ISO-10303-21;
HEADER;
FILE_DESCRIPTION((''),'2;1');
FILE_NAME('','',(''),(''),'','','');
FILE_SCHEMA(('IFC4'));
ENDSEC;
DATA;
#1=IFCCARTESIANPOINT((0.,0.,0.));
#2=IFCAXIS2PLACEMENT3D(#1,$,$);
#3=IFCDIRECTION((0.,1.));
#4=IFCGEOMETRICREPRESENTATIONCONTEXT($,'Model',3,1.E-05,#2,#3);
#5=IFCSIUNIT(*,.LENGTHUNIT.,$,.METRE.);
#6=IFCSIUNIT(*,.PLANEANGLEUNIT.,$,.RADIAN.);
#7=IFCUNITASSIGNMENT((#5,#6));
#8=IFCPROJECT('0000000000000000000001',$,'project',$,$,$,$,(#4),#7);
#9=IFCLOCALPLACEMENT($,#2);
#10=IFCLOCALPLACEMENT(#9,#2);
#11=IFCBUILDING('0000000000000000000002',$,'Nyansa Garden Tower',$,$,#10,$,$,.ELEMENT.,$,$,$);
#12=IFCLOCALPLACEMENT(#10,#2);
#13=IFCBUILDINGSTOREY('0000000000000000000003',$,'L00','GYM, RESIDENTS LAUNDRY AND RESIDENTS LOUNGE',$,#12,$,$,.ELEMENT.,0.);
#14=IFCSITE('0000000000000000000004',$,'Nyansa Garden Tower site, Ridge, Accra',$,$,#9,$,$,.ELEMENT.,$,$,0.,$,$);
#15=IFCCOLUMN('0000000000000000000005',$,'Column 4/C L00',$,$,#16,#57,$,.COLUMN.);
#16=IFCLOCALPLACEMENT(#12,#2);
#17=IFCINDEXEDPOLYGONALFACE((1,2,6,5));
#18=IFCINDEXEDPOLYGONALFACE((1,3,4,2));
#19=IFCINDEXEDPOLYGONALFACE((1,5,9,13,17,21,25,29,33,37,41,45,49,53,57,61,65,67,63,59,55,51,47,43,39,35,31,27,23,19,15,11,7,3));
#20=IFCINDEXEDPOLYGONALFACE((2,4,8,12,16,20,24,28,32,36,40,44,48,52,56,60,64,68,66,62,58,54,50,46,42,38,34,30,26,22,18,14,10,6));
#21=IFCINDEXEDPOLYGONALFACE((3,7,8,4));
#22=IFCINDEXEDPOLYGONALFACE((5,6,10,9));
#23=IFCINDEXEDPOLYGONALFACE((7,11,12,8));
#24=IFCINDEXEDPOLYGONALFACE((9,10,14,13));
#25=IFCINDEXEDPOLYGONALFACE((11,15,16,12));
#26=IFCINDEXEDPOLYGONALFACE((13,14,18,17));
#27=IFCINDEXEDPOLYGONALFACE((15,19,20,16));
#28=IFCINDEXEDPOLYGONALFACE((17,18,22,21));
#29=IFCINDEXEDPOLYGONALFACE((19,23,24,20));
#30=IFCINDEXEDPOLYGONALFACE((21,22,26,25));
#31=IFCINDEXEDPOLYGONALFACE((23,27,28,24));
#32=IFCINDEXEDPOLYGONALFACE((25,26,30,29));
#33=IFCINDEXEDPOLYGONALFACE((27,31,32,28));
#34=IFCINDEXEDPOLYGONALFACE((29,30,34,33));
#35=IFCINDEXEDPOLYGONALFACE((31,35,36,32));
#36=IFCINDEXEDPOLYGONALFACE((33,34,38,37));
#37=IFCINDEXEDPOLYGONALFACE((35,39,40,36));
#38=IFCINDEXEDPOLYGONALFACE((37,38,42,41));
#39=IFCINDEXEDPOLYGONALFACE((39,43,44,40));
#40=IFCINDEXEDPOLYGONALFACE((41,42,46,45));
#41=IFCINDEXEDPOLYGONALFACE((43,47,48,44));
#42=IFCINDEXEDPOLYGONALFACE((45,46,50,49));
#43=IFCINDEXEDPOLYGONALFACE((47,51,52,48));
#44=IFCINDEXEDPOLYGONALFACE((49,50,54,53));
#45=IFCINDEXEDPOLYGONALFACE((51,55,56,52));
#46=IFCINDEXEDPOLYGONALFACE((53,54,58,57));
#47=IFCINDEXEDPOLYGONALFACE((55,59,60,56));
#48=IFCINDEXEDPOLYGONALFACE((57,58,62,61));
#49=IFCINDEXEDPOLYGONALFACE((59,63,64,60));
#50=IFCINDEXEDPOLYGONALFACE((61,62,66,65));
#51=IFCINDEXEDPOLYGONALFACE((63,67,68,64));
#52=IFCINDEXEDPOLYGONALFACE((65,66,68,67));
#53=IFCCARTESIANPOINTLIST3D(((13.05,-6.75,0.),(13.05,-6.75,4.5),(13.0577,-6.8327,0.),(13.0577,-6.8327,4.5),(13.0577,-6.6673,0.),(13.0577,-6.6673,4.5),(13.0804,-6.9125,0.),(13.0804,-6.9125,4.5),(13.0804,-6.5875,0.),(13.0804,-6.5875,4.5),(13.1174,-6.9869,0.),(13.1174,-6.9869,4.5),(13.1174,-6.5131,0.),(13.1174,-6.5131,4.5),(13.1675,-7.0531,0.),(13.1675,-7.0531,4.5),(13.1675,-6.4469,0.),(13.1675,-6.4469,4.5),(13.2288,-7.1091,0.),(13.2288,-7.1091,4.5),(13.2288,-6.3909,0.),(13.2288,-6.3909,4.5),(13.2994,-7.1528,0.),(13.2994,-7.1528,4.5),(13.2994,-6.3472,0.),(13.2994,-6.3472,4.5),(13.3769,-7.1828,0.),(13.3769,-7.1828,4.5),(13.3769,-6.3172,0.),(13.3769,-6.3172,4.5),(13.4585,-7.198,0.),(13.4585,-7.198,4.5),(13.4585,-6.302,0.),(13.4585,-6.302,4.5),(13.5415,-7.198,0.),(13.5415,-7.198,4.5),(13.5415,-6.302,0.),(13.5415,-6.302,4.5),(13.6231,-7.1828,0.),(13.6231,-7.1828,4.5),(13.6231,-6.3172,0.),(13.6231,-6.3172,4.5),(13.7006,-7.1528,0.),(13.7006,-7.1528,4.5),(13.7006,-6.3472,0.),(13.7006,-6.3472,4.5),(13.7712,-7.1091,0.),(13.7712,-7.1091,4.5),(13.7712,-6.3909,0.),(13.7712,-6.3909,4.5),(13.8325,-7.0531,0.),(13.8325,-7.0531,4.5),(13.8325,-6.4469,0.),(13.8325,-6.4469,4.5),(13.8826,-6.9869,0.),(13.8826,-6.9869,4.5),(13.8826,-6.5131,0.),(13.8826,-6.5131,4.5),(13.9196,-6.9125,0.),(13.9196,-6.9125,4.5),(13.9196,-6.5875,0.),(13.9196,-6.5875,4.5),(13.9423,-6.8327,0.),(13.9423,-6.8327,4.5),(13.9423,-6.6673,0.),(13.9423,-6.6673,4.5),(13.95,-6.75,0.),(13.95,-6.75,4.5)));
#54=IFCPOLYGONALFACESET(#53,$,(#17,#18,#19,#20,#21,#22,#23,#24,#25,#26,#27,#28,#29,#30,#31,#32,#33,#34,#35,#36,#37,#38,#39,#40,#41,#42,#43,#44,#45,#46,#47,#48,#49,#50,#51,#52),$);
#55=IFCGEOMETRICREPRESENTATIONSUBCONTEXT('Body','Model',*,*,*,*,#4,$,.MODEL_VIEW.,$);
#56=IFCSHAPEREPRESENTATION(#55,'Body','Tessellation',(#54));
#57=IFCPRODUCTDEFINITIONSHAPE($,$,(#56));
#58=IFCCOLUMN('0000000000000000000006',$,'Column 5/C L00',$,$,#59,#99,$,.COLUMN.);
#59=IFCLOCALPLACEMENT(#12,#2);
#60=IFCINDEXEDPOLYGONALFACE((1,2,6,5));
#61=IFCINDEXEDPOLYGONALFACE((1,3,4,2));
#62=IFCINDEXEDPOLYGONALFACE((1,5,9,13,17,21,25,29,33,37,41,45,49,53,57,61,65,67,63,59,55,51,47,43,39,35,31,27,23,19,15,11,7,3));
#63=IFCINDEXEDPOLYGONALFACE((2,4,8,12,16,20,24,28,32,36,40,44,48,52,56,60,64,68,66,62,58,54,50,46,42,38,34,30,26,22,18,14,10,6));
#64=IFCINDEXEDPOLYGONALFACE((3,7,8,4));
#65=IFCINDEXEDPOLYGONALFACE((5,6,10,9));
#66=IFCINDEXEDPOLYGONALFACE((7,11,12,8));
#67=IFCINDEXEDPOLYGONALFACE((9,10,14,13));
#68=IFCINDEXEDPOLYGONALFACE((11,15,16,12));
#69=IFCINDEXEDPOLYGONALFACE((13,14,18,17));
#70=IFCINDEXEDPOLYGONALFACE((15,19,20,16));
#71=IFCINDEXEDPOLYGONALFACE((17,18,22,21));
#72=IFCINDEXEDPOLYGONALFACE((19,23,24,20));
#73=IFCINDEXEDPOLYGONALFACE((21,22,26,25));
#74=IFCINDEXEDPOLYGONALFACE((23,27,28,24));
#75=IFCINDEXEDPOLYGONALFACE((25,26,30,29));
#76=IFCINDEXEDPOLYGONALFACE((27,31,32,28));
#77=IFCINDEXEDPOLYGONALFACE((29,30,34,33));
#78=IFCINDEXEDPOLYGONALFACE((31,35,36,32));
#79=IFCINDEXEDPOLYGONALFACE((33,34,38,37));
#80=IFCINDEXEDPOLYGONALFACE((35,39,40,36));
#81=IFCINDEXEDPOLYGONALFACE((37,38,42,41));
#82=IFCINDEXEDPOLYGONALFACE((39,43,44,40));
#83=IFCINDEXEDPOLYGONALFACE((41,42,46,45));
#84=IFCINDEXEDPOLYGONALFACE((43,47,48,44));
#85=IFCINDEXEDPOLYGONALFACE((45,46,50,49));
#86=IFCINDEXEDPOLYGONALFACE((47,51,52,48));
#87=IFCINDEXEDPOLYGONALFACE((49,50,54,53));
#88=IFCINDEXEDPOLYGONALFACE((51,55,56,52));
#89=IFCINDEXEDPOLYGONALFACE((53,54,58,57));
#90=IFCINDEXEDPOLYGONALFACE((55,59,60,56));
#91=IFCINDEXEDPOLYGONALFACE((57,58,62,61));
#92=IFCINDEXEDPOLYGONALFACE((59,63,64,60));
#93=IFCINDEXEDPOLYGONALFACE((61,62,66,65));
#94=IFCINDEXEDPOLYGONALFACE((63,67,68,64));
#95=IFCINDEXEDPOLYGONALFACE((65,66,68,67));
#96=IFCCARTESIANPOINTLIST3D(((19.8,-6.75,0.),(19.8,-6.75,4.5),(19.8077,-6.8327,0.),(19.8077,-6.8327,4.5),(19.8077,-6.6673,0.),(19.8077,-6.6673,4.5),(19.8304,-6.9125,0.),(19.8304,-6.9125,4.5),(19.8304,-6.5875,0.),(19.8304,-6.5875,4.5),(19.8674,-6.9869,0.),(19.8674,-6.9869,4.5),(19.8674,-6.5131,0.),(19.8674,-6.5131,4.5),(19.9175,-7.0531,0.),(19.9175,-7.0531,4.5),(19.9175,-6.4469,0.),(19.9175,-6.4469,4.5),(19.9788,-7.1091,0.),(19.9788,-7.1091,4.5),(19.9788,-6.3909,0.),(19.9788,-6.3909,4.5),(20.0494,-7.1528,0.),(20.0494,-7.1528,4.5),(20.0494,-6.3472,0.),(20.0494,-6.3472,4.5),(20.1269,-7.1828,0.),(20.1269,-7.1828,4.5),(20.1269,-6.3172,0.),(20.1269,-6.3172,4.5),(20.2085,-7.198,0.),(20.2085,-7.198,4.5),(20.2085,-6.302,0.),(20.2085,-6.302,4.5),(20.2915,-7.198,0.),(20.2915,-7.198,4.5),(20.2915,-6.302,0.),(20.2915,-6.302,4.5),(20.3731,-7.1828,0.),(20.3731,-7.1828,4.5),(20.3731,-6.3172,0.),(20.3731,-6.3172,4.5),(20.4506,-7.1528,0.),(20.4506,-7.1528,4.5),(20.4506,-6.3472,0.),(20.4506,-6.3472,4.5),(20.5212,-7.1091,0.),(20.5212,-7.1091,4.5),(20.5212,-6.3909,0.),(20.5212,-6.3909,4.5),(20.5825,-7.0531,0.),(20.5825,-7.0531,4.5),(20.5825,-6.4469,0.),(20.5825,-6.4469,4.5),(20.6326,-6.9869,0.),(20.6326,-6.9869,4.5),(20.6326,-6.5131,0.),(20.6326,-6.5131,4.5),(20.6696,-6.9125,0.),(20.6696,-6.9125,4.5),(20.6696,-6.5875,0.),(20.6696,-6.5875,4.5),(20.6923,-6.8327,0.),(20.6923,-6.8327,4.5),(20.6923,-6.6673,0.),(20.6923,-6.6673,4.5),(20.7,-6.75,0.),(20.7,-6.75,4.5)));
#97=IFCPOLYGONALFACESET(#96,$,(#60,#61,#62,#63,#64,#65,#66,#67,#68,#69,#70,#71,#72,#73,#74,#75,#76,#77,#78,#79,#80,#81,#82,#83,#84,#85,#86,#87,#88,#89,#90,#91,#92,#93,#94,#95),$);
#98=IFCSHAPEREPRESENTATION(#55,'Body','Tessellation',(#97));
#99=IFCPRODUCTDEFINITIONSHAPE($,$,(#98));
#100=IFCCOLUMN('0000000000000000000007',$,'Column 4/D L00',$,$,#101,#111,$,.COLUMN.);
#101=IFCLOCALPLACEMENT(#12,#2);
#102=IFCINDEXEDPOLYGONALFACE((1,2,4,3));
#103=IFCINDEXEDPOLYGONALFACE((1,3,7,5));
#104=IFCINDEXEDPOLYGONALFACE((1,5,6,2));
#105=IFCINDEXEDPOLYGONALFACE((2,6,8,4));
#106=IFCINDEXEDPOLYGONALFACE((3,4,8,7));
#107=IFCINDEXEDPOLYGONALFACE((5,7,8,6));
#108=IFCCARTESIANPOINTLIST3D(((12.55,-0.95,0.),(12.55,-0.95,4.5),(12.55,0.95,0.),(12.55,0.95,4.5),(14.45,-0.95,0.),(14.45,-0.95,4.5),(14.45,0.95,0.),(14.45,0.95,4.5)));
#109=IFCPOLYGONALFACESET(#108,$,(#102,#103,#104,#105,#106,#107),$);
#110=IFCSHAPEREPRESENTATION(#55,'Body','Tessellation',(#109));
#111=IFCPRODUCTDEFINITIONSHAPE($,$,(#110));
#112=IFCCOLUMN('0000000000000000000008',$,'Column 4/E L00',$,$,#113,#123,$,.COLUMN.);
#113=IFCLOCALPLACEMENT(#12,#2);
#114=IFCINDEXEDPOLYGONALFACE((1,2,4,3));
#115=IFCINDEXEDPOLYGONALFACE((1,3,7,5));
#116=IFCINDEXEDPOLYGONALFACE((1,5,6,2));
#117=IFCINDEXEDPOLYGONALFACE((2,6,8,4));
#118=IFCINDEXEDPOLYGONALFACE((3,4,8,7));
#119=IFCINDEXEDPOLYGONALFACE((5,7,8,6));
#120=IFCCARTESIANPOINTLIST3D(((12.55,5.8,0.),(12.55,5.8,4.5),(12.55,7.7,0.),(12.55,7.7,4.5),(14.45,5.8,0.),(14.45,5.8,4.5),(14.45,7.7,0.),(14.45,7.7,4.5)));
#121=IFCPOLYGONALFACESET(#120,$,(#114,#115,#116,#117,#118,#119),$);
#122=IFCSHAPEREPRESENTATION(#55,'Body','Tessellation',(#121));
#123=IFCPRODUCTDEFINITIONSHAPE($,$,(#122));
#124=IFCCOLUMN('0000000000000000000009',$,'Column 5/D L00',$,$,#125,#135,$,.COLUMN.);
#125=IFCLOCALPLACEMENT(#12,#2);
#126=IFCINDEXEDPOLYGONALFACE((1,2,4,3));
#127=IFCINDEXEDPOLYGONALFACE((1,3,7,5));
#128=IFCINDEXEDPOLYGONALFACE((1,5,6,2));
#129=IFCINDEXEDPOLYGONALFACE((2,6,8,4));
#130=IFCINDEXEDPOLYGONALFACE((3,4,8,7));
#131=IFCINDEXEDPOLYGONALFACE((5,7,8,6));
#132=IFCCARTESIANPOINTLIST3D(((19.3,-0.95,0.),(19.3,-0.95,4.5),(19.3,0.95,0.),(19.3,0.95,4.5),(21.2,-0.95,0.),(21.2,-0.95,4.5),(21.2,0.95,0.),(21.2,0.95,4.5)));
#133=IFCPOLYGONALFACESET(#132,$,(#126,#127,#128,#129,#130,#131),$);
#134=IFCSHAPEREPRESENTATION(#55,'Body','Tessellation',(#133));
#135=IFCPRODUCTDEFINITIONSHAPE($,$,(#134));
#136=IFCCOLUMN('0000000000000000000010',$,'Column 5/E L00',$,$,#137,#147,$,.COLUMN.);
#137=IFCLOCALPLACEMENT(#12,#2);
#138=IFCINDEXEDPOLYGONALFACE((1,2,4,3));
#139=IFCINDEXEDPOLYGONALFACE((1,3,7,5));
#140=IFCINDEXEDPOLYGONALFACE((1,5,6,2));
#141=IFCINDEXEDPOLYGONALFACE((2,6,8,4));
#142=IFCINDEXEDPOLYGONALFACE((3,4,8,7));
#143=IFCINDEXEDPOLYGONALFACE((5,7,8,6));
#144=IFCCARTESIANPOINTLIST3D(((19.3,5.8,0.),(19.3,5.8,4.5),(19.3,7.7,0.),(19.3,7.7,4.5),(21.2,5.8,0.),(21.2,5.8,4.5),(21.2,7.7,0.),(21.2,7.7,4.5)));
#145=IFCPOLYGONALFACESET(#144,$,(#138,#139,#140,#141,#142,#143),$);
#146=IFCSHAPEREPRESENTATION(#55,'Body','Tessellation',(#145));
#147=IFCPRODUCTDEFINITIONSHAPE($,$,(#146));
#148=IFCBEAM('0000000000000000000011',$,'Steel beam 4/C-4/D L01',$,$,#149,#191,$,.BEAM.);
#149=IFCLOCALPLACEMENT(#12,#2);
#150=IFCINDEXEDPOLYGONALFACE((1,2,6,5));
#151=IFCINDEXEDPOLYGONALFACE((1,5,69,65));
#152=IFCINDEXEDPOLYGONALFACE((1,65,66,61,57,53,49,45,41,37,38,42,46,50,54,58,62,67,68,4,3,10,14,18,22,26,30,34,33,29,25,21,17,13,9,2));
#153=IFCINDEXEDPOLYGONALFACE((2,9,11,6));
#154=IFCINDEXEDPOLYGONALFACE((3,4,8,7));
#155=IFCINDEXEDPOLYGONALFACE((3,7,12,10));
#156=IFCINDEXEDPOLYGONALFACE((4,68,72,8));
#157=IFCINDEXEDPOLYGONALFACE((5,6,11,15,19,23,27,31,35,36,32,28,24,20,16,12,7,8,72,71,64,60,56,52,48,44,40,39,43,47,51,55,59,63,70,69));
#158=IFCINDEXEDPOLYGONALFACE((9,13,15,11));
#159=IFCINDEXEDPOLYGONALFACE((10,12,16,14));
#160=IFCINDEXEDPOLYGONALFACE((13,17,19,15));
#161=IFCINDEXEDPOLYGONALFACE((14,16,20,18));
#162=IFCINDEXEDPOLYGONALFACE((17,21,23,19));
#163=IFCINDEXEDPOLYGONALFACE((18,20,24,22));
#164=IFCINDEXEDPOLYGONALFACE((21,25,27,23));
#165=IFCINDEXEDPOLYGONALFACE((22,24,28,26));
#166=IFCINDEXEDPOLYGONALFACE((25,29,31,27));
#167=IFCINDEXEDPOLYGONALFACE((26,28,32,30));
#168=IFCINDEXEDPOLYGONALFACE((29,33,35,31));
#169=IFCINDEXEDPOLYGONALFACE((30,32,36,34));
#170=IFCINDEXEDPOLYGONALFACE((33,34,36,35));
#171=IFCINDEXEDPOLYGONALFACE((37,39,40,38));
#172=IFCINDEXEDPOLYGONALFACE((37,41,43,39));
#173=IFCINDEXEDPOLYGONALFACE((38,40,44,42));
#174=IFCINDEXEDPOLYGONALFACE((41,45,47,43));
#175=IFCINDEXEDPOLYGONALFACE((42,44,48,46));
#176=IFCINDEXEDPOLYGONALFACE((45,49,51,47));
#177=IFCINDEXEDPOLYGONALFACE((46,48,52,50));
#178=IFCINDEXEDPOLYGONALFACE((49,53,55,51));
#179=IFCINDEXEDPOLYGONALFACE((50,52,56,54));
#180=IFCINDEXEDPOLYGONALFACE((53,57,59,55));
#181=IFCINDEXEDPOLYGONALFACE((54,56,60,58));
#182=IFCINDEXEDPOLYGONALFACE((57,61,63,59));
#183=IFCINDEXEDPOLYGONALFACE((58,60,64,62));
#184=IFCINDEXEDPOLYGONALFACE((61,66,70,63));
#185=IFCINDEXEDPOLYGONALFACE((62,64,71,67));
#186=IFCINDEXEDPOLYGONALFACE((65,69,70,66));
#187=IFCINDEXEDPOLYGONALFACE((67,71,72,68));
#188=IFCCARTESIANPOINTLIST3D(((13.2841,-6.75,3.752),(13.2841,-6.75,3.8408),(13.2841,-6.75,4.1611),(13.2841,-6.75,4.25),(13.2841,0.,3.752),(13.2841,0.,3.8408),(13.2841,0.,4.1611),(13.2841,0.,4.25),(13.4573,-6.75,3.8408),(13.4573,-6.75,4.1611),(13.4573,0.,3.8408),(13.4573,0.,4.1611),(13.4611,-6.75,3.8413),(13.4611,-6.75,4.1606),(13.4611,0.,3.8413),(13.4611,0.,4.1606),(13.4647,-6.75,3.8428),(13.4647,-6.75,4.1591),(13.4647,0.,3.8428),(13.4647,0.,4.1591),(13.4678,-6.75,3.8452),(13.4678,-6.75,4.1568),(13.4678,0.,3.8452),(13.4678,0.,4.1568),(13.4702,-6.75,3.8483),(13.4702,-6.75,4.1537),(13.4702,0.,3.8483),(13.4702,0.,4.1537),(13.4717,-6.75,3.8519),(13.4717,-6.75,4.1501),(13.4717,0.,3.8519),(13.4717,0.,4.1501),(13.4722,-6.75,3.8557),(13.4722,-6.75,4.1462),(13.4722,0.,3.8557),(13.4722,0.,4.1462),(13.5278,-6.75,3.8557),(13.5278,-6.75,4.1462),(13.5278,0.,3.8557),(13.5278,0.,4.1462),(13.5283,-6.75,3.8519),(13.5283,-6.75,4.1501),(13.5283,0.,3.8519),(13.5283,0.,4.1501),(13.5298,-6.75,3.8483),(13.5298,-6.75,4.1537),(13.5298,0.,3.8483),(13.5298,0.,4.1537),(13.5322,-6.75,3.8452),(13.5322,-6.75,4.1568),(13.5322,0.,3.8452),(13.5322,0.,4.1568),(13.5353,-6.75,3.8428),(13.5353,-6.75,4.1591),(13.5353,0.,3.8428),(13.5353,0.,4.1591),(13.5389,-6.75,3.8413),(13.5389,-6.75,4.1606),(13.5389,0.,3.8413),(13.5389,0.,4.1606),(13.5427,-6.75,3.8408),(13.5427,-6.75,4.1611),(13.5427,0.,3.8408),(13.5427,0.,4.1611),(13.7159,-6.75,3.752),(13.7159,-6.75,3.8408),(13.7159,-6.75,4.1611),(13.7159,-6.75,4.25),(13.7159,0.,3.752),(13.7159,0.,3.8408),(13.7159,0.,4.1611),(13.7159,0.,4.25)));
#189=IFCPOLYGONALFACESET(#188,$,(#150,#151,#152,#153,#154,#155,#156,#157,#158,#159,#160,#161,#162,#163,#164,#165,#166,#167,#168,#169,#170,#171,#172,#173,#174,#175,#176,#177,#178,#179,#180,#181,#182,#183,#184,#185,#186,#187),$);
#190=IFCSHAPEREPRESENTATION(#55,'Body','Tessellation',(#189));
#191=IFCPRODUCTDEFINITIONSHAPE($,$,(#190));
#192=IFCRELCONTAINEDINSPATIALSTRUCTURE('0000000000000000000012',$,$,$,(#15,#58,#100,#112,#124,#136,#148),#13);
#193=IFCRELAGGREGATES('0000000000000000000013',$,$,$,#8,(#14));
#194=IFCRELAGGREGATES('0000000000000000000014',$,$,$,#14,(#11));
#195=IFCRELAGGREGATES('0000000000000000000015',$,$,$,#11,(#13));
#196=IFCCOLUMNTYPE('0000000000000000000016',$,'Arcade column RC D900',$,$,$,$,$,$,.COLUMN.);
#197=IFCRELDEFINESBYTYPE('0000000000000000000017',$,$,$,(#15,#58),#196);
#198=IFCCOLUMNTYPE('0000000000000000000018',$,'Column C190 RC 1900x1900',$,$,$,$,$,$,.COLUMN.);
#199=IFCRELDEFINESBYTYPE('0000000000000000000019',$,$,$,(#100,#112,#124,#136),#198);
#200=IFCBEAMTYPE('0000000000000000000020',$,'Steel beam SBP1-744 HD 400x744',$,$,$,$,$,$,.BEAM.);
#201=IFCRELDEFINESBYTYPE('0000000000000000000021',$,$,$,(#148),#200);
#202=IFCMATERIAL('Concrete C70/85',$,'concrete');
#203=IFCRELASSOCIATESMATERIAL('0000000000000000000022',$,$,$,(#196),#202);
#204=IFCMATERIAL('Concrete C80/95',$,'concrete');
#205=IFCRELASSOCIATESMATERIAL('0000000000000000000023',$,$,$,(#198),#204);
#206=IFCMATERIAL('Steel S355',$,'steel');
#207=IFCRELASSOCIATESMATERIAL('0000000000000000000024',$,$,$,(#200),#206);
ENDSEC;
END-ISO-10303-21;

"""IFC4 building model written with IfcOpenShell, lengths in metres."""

from ifc_helpers import new_model, si_unit, direction, frame, origin, origin_2d, place, context, subcontext, project, spatial, rectangle, circle, i_section, extrude, material, material_profile, profile_set, type_object, element, save


model = new_model("IFC4")

# Units and contexts
model_context = context("Model", 3, precision=1e-05, world=origin(), true_north=direction((0.0, 1.0)))
body_context = subcontext(model_context, "Body", "Model", "MODEL_VIEW")
ifc_project = project(units=[si_unit("LENGTHUNIT", "METRE"), si_unit("PLANEANGLEUNIT", "RADIAN")], contexts=[model_context])

# Site, building, storey
site_placement = place(None, origin())
site = spatial("IfcSite", under=ifc_project, at=site_placement, Name="Nyansa Garden Tower site, Ridge, Accra", CompositionType="ELEMENT", RefElevation=0.0)
building_placement = place(site_placement, origin())
building = spatial("IfcBuilding", under=site, at=building_placement, Name="Nyansa Garden Tower", CompositionType="ELEMENT")
storey_placement = place(building_placement, origin())
storey = spatial("IfcBuildingStorey", under=building, at=storey_placement, Name="L00", Description="GYM, RESIDENTS LAUNDRY AND RESIDENTS LOUNGE", CompositionType="ELEMENT", Elevation=0.0)

# Columns
ifc_material_1 = material(Name="Concrete C70/85", Category="concrete")
ifc_material_profile_1 = material_profile(ifc_material_1, circle(Radius=0.45, at=origin_2d()), Name="RC D900")
ifc_profile_set_1 = profile_set([ifc_material_profile_1], Name="Concrete C70/85")
column_type_1 = type_object("IfcColumnType", Name="Arcade column RC D900", PredefinedType="COLUMN", material=ifc_profile_set_1)
for number, where, z_axis, x_axis, name in (
    (1, (13.5, -6.75, 0.0), (0.0, 0.0, 1.0), (1.0, 0.0, 0.0), "Column 4/C L00"),
    (2, (20.25, -6.75, 0.0), (0.0, 0.0, 1.0), (1.0, 0.0, 0.0), "Column 5/C L00"),
):
    element("IfcColumn", number, at=place(storey_placement, frame(where, z_axis=z_axis, x_axis=x_axis)), inside=storey, type_object=column_type_1, Name=name, PredefinedType="COLUMN", context=body_context, shape_type="SweptSolid", body=[
        extrude(circle(Radius=0.45, at=origin_2d()), origin(), (0.0, 0.0, 1.0), 4.5),
    ])
ifc_material_2 = material(Name="Concrete C80/95", Category="concrete")
ifc_material_profile_2 = material_profile(ifc_material_2, rectangle(XDim=1.8999, YDim=1.8999, at=origin_2d()), Name="RC 1900x1900")
ifc_profile_set_2 = profile_set([ifc_material_profile_2], Name="Concrete C80/95")
column_type_2 = type_object("IfcColumnType", Name="Column C190 RC 1900x1900", PredefinedType="COLUMN", material=ifc_profile_set_2)
for number, where, z_axis, x_axis, name in (
    (3, (13.5, 0.0, 0.0), (0.0, 0.0, 1.0), (1.0, 0.0, 0.0), "Column 4/D L00"),
    (4, (13.5, 6.75, 0.0), (0.0, 0.0, 1.0), (1.0, 0.0, 0.0), "Column 4/E L00"),
    (5, (20.25, 0.0, 0.0), (0.0, 0.0, 1.0), (1.0, 0.0, 0.0), "Column 5/D L00"),
    (6, (20.25, 6.75, 0.0), (0.0, 0.0, 1.0), (1.0, 0.0, 0.0), "Column 5/E L00"),
):
    element("IfcColumn", number, at=place(storey_placement, frame(where, z_axis=z_axis, x_axis=x_axis)), inside=storey, type_object=column_type_2, Name=name, PredefinedType="COLUMN", context=body_context, shape_type="SweptSolid", body=[
        extrude(rectangle(XDim=1.8999, YDim=1.8999, at=origin_2d()), origin(), (0.0, 0.0, 1.0), 4.5),
    ])

# Beam
ifc_material_3 = material(Name="Steel S355", Category="steel")
ifc_material_profile_3 = material_profile(ifc_material_3, i_section(OverallWidth=0.4319, OverallDepth=0.498, WebThickness=0.0557, FlangeThickness=0.0889, FilletRadius=0.0149, at=origin_2d()), Name="HD 400x744")
ifc_profile_set_3 = profile_set([ifc_material_profile_3], Name="Steel S355")
beam_type = type_object("IfcBeamType", Name="Steel beam SBP1-744 HD 400x744", PredefinedType="BEAM", material=ifc_profile_set_3)
for number, where, z_axis, x_axis, name in (
    (7, (13.5, -6.75, 4.001), (0.0, 1.0, 0.0), (-1.0, 0.0, 0.0), "Steel beam 4/C-4/D L01"),
):
    element("IfcBeam", number, at=place(storey_placement, frame(where, z_axis=z_axis, x_axis=x_axis)), inside=storey, type_object=beam_type, Name=name, PredefinedType="BEAM", context=body_context, shape_type="SweptSolid", body=[
        extrude(i_section(OverallWidth=0.4319, OverallDepth=0.498, WebThickness=0.0557, FlangeThickness=0.0889, FilletRadius=0.0149, at=origin_2d()), origin(), (0.0, 0.0, 1.0), 6.75),
    ])

save(model, "model.ifc")
